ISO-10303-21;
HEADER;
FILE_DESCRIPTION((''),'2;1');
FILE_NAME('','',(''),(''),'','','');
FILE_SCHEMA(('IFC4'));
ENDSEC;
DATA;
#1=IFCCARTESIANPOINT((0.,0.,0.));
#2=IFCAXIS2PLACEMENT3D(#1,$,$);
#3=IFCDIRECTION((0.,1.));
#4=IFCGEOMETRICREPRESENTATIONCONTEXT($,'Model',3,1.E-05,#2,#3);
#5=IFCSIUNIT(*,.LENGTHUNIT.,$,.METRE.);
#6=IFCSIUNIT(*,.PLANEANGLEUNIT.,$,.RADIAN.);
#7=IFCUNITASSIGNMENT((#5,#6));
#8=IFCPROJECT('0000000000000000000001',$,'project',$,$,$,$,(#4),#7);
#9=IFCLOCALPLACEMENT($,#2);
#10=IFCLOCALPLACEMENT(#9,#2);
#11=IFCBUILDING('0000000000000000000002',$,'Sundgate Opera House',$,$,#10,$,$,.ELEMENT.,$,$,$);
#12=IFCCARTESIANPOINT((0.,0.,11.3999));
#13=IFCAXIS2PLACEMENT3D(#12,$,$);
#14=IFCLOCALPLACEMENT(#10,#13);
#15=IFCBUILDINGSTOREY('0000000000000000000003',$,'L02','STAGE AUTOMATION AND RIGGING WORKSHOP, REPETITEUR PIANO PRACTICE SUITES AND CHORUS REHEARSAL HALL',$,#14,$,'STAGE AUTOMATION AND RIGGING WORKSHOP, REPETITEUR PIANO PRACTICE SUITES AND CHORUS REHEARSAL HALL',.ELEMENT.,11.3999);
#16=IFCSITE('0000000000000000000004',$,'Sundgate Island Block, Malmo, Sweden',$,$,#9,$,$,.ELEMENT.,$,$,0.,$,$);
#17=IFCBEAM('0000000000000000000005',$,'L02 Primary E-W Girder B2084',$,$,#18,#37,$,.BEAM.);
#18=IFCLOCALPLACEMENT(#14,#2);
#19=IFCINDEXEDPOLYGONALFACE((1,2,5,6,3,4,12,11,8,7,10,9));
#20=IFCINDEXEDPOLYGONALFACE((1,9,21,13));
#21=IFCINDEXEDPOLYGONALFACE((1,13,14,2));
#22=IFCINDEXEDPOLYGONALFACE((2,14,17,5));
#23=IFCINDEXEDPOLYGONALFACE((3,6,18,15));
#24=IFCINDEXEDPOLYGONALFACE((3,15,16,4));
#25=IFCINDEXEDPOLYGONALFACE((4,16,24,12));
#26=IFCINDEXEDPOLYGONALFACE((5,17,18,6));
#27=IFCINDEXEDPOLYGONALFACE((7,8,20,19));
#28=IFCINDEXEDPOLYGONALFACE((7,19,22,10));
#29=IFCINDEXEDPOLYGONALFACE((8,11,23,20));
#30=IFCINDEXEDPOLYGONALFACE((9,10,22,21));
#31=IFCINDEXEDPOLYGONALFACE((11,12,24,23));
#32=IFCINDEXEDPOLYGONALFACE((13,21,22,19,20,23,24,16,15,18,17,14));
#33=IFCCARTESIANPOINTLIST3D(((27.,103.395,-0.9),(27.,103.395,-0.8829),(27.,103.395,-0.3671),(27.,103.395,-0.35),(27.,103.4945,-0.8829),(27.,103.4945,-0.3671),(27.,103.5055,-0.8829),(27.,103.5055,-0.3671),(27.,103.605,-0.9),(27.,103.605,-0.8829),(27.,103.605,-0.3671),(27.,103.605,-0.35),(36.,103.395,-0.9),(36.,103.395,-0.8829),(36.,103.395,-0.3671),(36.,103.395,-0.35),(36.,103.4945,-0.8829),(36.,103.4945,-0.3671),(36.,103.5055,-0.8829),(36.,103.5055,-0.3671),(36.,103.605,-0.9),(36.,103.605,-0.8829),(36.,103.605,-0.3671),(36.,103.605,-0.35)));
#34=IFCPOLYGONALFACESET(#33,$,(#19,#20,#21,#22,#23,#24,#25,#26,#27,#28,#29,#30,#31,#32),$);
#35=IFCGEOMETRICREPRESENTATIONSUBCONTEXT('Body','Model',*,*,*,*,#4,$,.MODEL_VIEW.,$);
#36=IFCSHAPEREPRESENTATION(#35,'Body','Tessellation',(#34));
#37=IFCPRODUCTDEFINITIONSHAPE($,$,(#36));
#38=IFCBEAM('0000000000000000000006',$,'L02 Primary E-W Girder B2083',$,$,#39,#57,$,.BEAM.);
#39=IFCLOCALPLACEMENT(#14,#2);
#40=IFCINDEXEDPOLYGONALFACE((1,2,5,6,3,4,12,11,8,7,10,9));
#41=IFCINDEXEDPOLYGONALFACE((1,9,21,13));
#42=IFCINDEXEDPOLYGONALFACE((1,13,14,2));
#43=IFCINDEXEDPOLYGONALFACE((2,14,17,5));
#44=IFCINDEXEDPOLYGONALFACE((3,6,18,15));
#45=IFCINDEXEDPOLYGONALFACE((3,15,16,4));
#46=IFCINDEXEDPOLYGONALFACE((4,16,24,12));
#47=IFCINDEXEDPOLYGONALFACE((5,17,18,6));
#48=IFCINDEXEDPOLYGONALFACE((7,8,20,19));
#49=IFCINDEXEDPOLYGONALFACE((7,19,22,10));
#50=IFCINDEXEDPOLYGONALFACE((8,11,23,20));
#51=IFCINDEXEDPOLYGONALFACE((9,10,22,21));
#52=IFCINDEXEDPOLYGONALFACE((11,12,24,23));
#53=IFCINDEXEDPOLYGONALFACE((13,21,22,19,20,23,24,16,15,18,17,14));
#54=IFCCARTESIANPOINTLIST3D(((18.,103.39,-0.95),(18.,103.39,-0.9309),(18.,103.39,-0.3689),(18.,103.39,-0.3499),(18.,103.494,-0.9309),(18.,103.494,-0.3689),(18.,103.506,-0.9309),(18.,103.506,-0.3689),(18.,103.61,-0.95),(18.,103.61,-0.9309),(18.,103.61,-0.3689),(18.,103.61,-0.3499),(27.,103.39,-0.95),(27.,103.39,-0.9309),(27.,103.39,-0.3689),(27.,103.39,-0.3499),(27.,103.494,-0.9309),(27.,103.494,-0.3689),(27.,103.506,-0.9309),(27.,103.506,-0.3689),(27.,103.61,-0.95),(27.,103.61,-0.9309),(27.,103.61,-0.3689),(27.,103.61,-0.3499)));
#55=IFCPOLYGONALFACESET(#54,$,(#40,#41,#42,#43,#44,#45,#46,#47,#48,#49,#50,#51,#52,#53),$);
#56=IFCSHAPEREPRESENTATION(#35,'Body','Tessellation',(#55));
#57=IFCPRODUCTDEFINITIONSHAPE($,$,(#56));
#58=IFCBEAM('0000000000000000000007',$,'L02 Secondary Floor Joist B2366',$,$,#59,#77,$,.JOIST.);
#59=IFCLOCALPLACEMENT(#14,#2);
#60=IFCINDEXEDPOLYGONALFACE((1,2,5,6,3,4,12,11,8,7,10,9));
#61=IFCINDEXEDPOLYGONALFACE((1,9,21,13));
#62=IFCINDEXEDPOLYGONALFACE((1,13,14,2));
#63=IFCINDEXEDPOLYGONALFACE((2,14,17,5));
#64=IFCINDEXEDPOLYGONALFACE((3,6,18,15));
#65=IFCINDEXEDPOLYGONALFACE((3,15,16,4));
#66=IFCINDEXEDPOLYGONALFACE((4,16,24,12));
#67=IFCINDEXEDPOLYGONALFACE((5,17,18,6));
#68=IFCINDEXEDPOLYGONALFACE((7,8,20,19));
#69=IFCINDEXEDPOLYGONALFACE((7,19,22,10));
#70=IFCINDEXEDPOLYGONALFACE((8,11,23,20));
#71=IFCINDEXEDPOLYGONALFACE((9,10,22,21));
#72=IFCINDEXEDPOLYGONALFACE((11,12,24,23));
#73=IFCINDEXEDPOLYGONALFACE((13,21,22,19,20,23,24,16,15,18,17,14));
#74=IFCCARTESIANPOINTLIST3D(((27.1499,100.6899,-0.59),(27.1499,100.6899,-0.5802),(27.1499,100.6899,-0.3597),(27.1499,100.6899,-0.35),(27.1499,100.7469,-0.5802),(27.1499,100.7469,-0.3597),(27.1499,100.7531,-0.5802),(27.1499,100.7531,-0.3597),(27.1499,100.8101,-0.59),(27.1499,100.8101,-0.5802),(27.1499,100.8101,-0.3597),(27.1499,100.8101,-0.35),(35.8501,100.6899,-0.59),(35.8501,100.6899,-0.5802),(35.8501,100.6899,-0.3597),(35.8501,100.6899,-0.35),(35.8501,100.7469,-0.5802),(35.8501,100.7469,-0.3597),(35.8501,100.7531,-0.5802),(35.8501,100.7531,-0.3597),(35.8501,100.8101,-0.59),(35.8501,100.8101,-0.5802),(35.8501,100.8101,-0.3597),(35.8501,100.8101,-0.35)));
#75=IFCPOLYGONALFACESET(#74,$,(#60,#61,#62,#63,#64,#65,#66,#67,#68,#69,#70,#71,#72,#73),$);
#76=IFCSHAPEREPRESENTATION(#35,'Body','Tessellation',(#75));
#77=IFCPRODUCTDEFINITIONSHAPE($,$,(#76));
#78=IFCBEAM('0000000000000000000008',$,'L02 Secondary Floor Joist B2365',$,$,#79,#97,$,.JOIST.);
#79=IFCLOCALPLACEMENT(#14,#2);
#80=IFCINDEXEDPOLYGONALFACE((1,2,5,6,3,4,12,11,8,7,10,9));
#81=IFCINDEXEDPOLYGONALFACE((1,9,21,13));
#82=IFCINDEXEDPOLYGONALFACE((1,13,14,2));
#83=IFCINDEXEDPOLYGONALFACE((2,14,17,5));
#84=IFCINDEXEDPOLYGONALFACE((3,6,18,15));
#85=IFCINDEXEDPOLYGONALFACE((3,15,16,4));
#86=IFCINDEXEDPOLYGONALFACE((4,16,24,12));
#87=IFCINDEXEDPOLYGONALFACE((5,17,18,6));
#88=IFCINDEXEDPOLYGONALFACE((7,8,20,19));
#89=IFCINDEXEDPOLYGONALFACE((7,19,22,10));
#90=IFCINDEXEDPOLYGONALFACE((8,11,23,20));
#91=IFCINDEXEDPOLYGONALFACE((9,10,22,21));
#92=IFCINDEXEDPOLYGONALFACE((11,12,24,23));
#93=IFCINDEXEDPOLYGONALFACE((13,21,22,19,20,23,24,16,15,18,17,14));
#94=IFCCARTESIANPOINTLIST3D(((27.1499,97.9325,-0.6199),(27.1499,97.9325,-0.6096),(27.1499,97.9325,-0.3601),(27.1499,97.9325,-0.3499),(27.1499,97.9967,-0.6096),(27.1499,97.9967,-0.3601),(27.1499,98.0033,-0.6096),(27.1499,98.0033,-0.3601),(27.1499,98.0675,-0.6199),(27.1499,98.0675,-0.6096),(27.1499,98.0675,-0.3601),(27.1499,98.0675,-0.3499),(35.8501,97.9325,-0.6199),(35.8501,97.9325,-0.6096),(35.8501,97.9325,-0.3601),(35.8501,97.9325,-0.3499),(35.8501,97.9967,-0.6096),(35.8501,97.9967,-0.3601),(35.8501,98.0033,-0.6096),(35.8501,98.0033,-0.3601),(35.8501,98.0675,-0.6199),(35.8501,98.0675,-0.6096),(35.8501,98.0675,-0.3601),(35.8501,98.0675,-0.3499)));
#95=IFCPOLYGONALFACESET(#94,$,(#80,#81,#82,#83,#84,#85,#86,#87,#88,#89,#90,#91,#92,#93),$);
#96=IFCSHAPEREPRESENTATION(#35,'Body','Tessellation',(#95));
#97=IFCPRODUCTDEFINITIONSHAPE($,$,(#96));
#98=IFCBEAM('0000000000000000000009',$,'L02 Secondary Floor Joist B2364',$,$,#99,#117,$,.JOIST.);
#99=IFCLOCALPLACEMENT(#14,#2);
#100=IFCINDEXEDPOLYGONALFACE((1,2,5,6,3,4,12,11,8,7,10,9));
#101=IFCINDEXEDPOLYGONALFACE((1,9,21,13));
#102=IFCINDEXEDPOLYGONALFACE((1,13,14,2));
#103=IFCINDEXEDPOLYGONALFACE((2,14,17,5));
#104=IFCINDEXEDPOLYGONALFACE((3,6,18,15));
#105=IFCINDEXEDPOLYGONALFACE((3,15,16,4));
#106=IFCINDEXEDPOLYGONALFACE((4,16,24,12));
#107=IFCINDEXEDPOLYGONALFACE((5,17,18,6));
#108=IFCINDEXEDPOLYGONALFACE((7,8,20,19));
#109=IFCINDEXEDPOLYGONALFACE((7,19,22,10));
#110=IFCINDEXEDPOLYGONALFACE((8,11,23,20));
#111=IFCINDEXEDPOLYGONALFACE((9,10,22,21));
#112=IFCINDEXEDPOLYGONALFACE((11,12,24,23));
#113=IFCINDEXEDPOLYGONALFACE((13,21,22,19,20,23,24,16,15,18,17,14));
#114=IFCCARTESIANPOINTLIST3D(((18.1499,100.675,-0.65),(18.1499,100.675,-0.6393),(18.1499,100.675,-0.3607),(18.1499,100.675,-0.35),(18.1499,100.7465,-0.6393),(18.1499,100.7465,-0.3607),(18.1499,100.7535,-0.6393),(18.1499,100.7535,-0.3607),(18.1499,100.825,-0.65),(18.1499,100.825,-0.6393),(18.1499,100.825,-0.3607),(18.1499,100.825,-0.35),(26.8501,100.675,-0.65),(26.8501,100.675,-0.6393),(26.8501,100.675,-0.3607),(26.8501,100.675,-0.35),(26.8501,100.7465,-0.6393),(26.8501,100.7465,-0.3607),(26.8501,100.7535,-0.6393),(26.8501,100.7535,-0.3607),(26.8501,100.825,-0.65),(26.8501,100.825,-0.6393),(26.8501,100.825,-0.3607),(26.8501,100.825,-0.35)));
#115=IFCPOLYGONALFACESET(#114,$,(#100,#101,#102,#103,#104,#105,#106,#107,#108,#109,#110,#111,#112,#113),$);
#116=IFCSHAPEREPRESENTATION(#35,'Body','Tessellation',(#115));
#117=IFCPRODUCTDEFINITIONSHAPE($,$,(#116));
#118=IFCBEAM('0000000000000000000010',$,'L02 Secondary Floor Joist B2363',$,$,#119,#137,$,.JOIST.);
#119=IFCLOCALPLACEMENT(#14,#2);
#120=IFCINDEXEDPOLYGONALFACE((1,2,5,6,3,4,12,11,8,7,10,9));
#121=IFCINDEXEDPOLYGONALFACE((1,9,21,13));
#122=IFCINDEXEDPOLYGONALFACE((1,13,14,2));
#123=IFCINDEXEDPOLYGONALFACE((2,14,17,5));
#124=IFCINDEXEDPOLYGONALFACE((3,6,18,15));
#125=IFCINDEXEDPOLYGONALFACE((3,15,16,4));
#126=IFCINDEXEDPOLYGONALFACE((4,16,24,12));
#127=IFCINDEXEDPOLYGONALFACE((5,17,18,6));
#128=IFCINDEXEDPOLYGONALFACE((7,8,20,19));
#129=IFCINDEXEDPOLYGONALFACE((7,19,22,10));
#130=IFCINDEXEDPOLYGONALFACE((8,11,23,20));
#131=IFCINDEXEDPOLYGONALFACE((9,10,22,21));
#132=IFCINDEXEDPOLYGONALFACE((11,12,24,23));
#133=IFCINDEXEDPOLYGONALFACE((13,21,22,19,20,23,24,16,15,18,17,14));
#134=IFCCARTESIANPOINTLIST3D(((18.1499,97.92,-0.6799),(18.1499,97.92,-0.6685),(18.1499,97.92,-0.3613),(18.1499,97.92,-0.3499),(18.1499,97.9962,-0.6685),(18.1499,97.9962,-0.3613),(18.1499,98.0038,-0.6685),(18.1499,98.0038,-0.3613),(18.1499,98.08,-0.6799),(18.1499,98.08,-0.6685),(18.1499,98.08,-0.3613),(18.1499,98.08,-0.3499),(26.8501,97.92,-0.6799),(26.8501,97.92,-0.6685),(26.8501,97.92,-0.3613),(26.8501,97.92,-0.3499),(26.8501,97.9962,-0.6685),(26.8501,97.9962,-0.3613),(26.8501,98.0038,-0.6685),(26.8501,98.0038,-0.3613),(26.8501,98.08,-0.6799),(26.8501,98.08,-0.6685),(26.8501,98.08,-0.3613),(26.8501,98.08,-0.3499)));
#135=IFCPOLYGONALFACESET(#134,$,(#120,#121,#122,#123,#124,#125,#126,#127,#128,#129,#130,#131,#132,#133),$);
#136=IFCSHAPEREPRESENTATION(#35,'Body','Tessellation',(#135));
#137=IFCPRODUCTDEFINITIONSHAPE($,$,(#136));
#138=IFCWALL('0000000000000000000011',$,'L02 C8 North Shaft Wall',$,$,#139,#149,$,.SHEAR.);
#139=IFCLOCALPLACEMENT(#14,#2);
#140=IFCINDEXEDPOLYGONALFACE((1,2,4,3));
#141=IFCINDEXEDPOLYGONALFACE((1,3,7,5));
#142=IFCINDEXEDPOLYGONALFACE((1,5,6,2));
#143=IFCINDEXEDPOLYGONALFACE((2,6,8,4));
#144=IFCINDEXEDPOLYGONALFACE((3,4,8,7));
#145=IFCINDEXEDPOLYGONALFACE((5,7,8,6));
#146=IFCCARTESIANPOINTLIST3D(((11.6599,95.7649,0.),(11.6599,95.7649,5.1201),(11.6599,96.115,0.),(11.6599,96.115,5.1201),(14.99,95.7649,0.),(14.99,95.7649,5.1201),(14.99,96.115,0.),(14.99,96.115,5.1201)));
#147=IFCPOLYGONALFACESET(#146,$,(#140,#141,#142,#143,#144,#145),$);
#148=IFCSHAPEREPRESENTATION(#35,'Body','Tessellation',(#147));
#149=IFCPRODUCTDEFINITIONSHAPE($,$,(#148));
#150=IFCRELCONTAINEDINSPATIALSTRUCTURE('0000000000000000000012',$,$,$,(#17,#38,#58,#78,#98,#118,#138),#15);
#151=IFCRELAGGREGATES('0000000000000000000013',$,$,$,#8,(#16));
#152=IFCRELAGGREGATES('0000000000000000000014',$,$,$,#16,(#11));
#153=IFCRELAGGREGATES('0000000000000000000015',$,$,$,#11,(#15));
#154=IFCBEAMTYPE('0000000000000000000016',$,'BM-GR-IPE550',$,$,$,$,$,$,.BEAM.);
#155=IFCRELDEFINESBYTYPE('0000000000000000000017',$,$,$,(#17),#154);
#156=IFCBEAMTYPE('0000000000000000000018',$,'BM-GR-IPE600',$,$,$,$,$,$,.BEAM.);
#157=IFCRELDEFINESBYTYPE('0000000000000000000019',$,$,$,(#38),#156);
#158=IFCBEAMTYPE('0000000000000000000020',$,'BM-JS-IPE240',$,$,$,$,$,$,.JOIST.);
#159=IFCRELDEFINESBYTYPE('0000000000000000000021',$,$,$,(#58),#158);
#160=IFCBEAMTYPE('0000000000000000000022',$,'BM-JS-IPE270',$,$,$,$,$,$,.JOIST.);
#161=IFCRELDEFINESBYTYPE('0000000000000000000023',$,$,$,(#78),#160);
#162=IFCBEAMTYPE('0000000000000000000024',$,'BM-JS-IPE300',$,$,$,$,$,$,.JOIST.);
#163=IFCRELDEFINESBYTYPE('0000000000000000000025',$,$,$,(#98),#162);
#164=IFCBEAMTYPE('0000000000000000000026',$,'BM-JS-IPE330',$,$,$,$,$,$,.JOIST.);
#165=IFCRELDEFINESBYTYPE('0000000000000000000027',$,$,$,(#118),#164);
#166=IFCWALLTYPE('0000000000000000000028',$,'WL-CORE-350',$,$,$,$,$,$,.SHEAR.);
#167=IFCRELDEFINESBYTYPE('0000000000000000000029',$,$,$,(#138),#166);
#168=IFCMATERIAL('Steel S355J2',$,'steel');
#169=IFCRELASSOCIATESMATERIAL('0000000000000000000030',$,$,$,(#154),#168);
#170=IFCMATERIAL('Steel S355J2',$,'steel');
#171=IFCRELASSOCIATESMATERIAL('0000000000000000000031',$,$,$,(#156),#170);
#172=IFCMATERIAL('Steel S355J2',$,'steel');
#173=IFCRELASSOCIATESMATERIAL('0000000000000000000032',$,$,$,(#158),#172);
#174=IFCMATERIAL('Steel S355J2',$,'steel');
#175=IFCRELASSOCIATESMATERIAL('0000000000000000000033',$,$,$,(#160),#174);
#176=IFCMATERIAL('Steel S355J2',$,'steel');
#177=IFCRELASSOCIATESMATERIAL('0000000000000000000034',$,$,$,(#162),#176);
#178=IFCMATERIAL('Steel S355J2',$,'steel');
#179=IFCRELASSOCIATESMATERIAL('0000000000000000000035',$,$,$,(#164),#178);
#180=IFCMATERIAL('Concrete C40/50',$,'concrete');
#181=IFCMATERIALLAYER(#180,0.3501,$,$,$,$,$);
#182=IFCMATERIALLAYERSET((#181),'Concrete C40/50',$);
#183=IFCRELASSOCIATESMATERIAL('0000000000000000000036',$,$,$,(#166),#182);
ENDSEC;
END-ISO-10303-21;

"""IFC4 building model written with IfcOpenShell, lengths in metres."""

from ifc_helpers import new_model, si_unit, direction, frame, frame_2d, origin, origin_2d, place, context, subcontext, project, spatial, rectangle, i_section, extrude, material, layer, layer_set, material_profile, profile_set, type_object, element, save


model = new_model("IFC4")

# Units and contexts
model_context = context("Model", 3, precision=1e-05, world=origin(), true_north=direction((0.0, 1.0)))
body_context = subcontext(model_context, "Body", "Model", "MODEL_VIEW")
ifc_project = project(units=[si_unit("LENGTHUNIT", "METRE"), si_unit("PLANEANGLEUNIT", "RADIAN")], contexts=[model_context])

# Site, building, storey
site_placement = place(None, origin())
site = spatial("IfcSite", under=ifc_project, at=site_placement, Name="Sundgate Island Block, Malmo, Sweden", CompositionType="ELEMENT", RefElevation=0.0)
building_placement = place(site_placement, origin())
building = spatial("IfcBuilding", under=site, at=building_placement, Name="Sundgate Opera House", CompositionType="ELEMENT")
storey_placement = place(building_placement, frame((0.0, 0.0, 11.3999)))
storey = spatial("IfcBuildingStorey", under=building, at=storey_placement, Name="L02", Description="STAGE AUTOMATION AND RIGGING WORKSHOP, REPETITEUR PIANO PRACTICE SUITES AND CHORUS REHEARSAL HALL", LongName="STAGE AUTOMATION AND RIGGING WORKSHOP, REPETITEUR PIANO PRACTICE SUITES AND CHORUS REHEARSAL HALL", CompositionType="ELEMENT", Elevation=11.3999)

# Beams
ifc_material_1 = material(Name="Steel S355J2", Category="steel")
ifc_material_profile_1 = material_profile(ifc_material_1, i_section(OverallWidth=0.21, OverallDepth=0.55, WebThickness=0.011, FlangeThickness=0.0171, at=origin_2d()), Name="IPE 550")
ifc_profile_set_1 = profile_set([ifc_material_profile_1], Name="Steel S355J2")
beam_type_1 = type_object("IfcBeamType", Name="BM-GR-IPE550", PredefinedType="BEAM", material=ifc_profile_set_1)
beam_1_placement = place(storey_placement, frame((27.0, 103.5, -0.625), z_axis=(1.0, 0.0, 0.0), x_axis=(0.0, 1.0, 0.0)))
element("IfcBeam", 1, at=beam_1_placement, inside=storey, type_object=beam_type_1, Name="L02 Primary E-W Girder B2084", PredefinedType="BEAM", context=body_context, shape_type="SweptSolid", body=[
    extrude(i_section(OverallWidth=0.21, OverallDepth=0.55, WebThickness=0.011, FlangeThickness=0.0171, at=origin_2d()), origin(), (0.0, 0.0, 1.0), 9.0),
])
ifc_material_2 = material(Name="Steel S355J2", Category="steel")
ifc_material_profile_2 = material_profile(ifc_material_2, i_section(OverallWidth=0.22, OverallDepth=0.6001, WebThickness=0.012, FlangeThickness=0.019, at=origin_2d()), Name="IPE 600")
ifc_profile_set_2 = profile_set([ifc_material_profile_2], Name="Steel S355J2")
beam_type_2 = type_object("IfcBeamType", Name="BM-GR-IPE600", PredefinedType="BEAM", material=ifc_profile_set_2)
beam_2_placement = place(storey_placement, frame((18.0, 103.5, -0.6499), z_axis=(1.0, 0.0, 0.0), x_axis=(0.0, 1.0, 0.0)))
element("IfcBeam", 2, at=beam_2_placement, inside=storey, type_object=beam_type_2, Name="L02 Primary E-W Girder B2083", PredefinedType="BEAM", context=body_context, shape_type="SweptSolid", body=[
    extrude(i_section(OverallWidth=0.22, OverallDepth=0.6001, WebThickness=0.012, FlangeThickness=0.019, at=origin_2d()), origin(), (0.0, 0.0, 1.0), 9.0),
])
ifc_material_3 = material(Name="Steel S355J2", Category="steel")
ifc_material_profile_3 = material_profile(ifc_material_3, i_section(OverallWidth=0.1201, OverallDepth=0.24, WebThickness=0.0061, FlangeThickness=0.0098, at=origin_2d()), Name="IPE 240")
ifc_profile_set_3 = profile_set([ifc_material_profile_3], Name="Steel S355J2")
beam_type_3 = type_object("IfcBeamType", Name="BM-JS-IPE240", PredefinedType="JOIST", material=ifc_profile_set_3)
beam_3_placement = place(storey_placement, frame((27.1499, 100.75, -0.47), z_axis=(1.0, 0.0, 0.0), x_axis=(0.0, 1.0, 0.0)))
element("IfcBeam", 3, at=beam_3_placement, inside=storey, type_object=beam_type_3, Name="L02 Secondary Floor Joist B2366", PredefinedType="JOIST", context=body_context, shape_type="SweptSolid", body=[
    extrude(i_section(OverallWidth=0.1201, OverallDepth=0.24, WebThickness=0.0061, FlangeThickness=0.0098, at=origin_2d()), origin(), (0.0, 0.0, 1.0), 8.7002),
])
ifc_material_4 = material(Name="Steel S355J2", Category="steel")
ifc_material_profile_4 = material_profile(ifc_material_4, i_section(OverallWidth=0.135, OverallDepth=0.27, WebThickness=0.0066, FlangeThickness=0.0103, at=origin_2d()), Name="IPE 270")
ifc_profile_set_4 = profile_set([ifc_material_profile_4], Name="Steel S355J2")
beam_type_4 = type_object("IfcBeamType", Name="BM-JS-IPE270", PredefinedType="JOIST", material=ifc_profile_set_4)
beam_4_placement = place(storey_placement, frame((27.1499, 98.0, -0.4849), z_axis=(1.0, 0.0, 0.0), x_axis=(0.0, 1.0, 0.0)))
element("IfcBeam", 4, at=beam_4_placement, inside=storey, type_object=beam_type_4, Name="L02 Secondary Floor Joist B2365", PredefinedType="JOIST", context=body_context, shape_type="SweptSolid", body=[
    extrude(i_section(OverallWidth=0.135, OverallDepth=0.27, WebThickness=0.0066, FlangeThickness=0.0103, at=origin_2d()), origin(), (0.0, 0.0, 1.0), 8.7002),
])
ifc_material_5 = material(Name="Steel S355J2", Category="steel")
ifc_material_profile_5 = material_profile(ifc_material_5, i_section(OverallWidth=0.1499, OverallDepth=0.3, WebThickness=0.0071, FlangeThickness=0.0107, at=origin_2d()), Name="IPE 300")
ifc_profile_set_5 = profile_set([ifc_material_profile_5], Name="Steel S355J2")
beam_type_5 = type_object("IfcBeamType", Name="BM-JS-IPE300", PredefinedType="JOIST", material=ifc_profile_set_5)
beam_5_placement = place(storey_placement, frame((18.1499, 100.75, -0.5), z_axis=(1.0, 0.0, 0.0), x_axis=(0.0, 1.0, 0.0)))
element("IfcBeam", 5, at=beam_5_placement, inside=storey, type_object=beam_type_5, Name="L02 Secondary Floor Joist B2364", PredefinedType="JOIST", context=body_context, shape_type="SweptSolid", body=[
    extrude(i_section(OverallWidth=0.1499, OverallDepth=0.3, WebThickness=0.0071, FlangeThickness=0.0107, at=origin_2d()), origin(), (0.0, 0.0, 1.0), 8.7002),
])
ifc_material_6 = material(Name="Steel S355J2", Category="steel")
ifc_material_profile_6 = material_profile(ifc_material_6, i_section(OverallWidth=0.1599, OverallDepth=0.3301, WebThickness=0.0076, FlangeThickness=0.0115, at=origin_2d()), Name="IPE 330")
ifc_profile_set_6 = profile_set([ifc_material_profile_6], Name="Steel S355J2")
beam_type_6 = type_object("IfcBeamType", Name="BM-JS-IPE330", PredefinedType="JOIST", material=ifc_profile_set_6)
beam_6_placement = place(storey_placement, frame((18.1499, 98.0, -0.5149), z_axis=(1.0, 0.0, 0.0), x_axis=(0.0, 1.0, 0.0)))
element("IfcBeam", 6, at=beam_6_placement, inside=storey, type_object=beam_type_6, Name="L02 Secondary Floor Joist B2363", PredefinedType="JOIST", context=body_context, shape_type="SweptSolid", body=[
    extrude(i_section(OverallWidth=0.1599, OverallDepth=0.3301, WebThickness=0.0076, FlangeThickness=0.0115, at=origin_2d()), origin(), (0.0, 0.0, 1.0), 8.7002),
])

# Wall
ifc_material_7 = material(Name="Concrete C40/50", Category="concrete")
ifc_layer = layer(ifc_material_7, 0.3501)
ifc_layer_set = layer_set([ifc_layer], Name="Concrete C40/50")
wall_type = type_object("IfcWallType", Name="WL-CORE-350", PredefinedType="SHEAR", material=ifc_layer_set)
wall_placement = place(storey_placement, frame((11.6599, 95.9399, 0.0), z_axis=(0.0, 0.0, 1.0), x_axis=(1.0, 0.0, 0.0)))
element("IfcWall", 7, at=wall_placement, inside=storey, type_object=wall_type, Name="L02 C8 North Shaft Wall", PredefinedType="SHEAR", context=body_context, shape_type="SweptSolid", body=[
    extrude(rectangle(XDim=3.3301, YDim=0.3501, at=frame_2d((1.665, 0.0))), origin(), (0.0, 0.0, 1.0), 5.1201),
])

save(model, "model.ifc")
